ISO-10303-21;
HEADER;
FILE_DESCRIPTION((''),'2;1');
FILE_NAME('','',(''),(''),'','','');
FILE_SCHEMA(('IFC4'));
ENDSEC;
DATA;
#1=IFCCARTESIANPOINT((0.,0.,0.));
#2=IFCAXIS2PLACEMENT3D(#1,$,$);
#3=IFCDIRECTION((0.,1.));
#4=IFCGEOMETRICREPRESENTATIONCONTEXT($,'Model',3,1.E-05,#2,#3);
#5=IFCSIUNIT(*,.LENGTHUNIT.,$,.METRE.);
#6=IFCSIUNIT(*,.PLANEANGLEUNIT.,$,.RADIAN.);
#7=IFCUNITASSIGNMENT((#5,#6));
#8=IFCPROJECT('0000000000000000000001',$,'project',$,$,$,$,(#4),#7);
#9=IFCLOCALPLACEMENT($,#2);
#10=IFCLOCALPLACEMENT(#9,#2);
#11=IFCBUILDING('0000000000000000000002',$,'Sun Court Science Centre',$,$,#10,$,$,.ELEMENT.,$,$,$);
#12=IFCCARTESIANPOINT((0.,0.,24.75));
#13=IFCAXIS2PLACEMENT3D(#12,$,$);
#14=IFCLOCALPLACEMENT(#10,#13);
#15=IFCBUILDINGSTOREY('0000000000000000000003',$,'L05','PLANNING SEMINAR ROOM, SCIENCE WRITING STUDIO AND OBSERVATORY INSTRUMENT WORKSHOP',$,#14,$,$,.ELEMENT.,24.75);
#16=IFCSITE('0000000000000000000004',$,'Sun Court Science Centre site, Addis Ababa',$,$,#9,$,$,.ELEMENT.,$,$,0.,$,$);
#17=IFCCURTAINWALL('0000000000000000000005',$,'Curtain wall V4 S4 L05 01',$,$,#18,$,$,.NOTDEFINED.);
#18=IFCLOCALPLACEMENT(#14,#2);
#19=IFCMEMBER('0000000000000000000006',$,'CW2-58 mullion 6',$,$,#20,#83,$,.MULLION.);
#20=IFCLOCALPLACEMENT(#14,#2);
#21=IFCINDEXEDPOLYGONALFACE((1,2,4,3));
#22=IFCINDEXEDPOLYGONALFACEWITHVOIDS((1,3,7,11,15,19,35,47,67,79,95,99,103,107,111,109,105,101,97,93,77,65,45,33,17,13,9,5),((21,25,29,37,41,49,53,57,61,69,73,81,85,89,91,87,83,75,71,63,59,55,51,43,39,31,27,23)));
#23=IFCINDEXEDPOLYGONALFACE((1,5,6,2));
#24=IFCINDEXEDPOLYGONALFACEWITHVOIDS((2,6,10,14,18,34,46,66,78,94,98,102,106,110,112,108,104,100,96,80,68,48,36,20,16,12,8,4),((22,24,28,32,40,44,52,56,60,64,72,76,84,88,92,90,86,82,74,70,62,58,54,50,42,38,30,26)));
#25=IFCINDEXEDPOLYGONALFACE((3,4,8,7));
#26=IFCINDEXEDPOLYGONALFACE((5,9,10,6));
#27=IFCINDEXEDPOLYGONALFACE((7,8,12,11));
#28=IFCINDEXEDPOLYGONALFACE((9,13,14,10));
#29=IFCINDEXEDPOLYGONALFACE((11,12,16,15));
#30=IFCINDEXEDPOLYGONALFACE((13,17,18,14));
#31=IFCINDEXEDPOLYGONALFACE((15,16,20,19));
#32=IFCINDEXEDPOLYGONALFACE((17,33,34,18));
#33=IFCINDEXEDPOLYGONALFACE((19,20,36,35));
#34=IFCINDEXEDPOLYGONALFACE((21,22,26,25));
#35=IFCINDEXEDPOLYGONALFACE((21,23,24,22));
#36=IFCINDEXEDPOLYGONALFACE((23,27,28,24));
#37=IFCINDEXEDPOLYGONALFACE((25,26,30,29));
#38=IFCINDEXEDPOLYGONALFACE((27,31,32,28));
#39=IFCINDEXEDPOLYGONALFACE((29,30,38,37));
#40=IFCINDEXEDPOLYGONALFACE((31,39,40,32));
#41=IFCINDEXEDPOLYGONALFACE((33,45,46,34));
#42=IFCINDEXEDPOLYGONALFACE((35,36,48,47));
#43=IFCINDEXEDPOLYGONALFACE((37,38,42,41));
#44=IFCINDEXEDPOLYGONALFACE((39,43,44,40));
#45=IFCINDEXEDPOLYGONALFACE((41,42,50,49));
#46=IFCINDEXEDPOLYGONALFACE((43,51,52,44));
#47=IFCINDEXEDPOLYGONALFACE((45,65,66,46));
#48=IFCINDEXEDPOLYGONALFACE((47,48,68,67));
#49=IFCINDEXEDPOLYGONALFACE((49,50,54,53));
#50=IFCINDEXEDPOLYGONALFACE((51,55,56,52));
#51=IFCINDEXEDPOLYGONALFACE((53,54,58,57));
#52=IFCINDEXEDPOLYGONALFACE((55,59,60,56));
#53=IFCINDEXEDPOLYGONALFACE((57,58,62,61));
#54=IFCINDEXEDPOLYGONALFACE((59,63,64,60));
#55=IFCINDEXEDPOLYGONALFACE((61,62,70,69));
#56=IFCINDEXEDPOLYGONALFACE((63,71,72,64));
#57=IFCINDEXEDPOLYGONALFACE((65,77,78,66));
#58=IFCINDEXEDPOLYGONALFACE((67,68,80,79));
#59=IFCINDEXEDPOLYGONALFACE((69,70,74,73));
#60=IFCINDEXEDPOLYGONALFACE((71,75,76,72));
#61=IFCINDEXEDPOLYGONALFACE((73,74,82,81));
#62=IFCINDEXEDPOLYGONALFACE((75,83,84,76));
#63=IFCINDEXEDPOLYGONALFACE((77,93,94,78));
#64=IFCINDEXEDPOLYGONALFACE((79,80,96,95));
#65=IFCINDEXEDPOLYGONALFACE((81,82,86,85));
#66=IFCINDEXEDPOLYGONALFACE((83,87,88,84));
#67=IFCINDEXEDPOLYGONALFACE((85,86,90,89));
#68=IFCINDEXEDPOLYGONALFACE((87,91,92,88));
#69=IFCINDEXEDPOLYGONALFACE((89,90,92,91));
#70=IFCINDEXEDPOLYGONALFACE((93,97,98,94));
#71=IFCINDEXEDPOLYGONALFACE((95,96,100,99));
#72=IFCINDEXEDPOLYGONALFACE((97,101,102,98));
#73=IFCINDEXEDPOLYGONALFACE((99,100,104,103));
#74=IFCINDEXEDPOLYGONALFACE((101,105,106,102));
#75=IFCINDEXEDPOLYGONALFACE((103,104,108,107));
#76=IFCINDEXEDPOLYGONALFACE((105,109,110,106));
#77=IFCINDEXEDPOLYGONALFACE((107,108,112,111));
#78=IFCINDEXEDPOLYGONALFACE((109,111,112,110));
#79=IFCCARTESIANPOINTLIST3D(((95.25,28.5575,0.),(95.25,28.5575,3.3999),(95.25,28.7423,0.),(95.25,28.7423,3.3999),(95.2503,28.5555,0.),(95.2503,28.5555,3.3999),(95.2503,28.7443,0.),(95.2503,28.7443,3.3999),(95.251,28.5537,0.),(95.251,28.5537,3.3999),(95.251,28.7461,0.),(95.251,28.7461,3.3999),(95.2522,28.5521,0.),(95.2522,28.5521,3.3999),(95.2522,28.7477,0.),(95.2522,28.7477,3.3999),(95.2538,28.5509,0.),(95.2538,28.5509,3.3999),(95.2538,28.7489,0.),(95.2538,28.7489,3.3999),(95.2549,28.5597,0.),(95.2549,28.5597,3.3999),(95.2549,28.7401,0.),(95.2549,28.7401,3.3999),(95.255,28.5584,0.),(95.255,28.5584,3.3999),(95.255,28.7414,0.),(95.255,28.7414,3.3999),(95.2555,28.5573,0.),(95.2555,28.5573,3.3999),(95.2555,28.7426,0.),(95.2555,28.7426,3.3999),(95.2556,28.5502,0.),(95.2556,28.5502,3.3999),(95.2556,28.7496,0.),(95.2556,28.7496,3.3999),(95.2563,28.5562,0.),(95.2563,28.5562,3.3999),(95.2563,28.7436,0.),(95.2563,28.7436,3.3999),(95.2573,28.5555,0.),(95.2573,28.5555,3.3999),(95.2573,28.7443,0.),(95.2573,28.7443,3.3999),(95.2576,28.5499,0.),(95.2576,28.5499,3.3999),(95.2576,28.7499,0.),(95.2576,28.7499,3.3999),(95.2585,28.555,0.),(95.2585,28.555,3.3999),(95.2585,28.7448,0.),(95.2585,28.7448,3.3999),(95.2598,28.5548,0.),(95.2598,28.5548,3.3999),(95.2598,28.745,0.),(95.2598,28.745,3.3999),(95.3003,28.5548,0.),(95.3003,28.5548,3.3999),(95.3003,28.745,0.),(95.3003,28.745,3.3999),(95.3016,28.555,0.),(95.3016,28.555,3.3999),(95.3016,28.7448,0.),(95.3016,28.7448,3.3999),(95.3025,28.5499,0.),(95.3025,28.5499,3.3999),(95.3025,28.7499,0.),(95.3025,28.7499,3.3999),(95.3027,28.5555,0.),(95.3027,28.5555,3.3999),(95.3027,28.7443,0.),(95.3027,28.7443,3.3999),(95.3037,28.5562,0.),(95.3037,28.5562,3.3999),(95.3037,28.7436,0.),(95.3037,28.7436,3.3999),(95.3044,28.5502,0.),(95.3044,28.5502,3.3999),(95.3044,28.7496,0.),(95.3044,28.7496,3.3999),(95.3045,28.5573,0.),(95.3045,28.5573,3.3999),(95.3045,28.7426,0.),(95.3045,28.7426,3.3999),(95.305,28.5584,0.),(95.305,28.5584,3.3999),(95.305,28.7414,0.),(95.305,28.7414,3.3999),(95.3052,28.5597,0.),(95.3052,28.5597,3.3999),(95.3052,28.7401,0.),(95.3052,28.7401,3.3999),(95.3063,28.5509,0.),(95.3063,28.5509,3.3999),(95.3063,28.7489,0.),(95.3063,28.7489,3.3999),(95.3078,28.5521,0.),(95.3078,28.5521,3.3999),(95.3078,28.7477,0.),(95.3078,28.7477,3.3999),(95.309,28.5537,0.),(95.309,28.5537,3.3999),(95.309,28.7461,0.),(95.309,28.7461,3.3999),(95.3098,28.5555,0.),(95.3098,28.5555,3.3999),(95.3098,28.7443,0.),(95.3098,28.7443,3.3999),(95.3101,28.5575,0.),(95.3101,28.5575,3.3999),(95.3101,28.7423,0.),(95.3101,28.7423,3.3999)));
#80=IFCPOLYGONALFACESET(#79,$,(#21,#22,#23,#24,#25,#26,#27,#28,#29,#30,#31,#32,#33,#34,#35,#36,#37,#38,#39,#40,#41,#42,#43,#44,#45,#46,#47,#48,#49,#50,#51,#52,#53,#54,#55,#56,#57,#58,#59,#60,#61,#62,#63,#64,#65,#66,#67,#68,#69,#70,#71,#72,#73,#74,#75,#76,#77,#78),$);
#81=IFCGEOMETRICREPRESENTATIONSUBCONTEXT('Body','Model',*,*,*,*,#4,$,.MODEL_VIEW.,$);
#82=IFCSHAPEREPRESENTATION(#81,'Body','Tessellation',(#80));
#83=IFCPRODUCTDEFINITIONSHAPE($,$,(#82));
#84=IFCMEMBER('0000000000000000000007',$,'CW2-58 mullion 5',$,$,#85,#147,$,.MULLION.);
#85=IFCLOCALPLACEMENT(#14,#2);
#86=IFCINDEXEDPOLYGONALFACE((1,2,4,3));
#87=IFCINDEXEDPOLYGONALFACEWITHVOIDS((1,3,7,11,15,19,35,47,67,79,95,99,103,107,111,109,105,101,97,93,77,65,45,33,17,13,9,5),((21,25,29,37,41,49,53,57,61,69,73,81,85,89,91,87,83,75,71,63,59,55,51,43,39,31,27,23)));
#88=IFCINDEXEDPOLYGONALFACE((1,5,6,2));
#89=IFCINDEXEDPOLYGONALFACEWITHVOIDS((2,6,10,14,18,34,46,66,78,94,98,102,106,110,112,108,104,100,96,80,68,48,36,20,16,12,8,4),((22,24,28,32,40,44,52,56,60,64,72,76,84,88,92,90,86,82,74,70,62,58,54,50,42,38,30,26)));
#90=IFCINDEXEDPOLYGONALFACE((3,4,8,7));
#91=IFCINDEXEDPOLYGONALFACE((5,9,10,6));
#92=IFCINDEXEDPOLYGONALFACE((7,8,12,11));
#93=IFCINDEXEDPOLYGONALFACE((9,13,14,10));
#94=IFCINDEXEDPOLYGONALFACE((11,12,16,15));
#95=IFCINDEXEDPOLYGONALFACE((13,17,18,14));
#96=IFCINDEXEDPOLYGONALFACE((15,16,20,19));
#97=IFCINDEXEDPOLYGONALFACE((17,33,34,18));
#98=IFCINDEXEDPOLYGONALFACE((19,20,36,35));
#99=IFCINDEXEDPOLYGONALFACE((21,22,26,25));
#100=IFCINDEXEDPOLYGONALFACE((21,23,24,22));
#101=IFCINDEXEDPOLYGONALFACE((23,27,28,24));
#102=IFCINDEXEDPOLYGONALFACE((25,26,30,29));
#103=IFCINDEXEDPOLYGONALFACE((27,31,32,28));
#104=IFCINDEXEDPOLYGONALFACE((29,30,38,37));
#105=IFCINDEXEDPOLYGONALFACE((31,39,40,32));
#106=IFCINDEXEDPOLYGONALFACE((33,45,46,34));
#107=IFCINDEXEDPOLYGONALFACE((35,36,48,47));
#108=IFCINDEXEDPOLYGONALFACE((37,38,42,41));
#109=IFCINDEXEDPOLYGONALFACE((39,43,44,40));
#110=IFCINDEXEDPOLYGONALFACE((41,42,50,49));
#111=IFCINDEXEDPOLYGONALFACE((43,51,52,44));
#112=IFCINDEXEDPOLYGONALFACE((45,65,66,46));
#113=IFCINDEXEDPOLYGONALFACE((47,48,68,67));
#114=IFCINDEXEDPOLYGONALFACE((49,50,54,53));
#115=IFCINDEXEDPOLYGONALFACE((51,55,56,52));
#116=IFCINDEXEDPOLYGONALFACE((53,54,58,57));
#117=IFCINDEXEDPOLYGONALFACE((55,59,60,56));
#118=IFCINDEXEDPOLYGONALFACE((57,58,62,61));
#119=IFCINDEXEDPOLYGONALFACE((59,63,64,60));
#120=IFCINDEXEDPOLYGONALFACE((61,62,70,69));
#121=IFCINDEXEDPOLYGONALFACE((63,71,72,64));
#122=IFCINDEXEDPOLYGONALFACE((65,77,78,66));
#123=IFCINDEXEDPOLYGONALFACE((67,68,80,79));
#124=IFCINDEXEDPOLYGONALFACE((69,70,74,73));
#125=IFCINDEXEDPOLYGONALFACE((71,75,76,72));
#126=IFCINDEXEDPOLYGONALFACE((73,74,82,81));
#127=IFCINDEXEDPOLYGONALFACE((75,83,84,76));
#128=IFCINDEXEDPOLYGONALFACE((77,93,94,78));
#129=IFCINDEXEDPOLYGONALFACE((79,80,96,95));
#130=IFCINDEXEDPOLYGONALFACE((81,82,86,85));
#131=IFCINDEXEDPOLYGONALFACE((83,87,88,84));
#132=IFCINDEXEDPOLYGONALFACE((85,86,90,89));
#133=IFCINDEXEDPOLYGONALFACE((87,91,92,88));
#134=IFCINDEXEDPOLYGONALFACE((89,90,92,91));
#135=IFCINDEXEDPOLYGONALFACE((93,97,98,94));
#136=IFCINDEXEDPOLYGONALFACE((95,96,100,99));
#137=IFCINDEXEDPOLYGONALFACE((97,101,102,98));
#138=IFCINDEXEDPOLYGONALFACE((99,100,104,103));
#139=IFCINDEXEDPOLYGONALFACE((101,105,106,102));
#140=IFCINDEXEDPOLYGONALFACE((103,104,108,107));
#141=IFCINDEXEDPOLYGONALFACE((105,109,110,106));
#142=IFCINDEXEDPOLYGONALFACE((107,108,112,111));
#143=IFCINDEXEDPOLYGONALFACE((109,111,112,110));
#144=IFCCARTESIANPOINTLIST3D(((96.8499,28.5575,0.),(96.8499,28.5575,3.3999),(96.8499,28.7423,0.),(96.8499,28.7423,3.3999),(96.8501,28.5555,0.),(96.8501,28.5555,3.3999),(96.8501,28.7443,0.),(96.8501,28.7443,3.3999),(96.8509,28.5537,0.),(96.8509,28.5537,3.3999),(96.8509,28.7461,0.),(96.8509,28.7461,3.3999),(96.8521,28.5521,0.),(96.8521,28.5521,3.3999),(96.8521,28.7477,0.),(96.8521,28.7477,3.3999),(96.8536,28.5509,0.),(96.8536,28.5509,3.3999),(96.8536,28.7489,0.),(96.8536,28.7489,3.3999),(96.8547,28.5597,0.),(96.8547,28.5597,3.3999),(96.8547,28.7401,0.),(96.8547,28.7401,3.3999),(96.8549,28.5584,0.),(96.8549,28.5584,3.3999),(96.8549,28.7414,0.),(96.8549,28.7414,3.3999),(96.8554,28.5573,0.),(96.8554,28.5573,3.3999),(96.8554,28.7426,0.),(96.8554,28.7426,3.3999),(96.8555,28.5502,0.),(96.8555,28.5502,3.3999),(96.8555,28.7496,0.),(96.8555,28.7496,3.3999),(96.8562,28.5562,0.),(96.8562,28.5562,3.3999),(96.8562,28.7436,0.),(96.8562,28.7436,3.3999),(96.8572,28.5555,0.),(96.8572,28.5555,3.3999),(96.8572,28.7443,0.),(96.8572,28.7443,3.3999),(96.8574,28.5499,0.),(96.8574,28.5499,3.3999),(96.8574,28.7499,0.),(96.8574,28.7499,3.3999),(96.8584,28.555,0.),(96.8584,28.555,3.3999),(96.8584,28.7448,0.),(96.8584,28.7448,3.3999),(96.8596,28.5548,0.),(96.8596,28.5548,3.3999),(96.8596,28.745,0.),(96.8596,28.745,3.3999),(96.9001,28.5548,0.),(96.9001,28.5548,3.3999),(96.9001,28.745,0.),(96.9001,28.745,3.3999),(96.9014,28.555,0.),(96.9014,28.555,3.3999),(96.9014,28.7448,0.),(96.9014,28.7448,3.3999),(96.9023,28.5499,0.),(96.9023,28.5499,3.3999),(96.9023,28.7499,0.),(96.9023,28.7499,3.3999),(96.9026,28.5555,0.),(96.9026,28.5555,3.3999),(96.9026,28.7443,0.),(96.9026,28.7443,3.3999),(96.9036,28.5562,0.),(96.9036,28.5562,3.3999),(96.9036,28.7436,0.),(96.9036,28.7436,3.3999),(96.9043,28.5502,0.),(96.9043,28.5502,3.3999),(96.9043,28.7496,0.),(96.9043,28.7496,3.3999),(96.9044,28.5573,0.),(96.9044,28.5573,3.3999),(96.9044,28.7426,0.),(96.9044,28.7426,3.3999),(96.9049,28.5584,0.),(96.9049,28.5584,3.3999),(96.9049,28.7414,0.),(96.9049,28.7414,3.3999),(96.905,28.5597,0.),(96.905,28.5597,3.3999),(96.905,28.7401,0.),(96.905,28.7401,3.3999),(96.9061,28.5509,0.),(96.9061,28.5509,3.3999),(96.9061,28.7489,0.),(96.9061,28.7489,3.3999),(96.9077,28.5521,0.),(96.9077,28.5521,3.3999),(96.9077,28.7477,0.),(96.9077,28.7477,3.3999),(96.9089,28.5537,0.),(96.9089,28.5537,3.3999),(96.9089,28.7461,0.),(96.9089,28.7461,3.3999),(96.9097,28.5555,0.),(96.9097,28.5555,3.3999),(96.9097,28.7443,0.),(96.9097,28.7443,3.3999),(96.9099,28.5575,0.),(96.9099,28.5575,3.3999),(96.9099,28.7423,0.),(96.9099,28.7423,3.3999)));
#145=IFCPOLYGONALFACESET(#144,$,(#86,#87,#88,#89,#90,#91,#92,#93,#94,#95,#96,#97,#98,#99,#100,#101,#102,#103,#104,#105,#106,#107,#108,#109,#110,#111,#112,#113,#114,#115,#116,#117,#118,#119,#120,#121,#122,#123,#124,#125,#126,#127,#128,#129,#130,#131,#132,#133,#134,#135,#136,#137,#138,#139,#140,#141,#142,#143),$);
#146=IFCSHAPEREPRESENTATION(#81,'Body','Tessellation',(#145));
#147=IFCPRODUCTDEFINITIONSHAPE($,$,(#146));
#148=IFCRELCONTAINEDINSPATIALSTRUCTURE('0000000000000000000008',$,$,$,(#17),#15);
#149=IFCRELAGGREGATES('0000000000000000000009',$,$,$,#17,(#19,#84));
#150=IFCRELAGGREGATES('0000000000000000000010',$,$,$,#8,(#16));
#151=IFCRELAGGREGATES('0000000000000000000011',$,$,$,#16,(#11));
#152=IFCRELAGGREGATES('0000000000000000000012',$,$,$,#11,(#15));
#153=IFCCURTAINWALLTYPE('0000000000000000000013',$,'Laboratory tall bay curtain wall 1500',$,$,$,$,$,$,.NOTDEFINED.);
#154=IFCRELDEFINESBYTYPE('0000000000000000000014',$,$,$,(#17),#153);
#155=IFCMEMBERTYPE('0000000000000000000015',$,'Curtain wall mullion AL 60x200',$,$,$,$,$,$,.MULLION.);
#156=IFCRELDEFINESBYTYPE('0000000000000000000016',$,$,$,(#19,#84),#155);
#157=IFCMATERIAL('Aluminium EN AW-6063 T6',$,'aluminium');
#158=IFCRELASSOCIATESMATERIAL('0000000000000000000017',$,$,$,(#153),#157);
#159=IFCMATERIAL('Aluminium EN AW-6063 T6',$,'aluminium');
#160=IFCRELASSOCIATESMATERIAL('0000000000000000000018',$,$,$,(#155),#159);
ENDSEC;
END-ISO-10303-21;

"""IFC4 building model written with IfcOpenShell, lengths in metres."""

from ifc_helpers import new_model, si_unit, direction, frame, origin, origin_2d, place, context, subcontext, project, spatial, hollow_rectangle, extrude, material, material_profile, profile_set, type_object, element, aggregate, save


model = new_model("IFC4")

# Units and contexts
model_context = context("Model", 3, precision=1e-05, world=origin(), true_north=direction((0.0, 1.0)))
body_context = subcontext(model_context, "Body", "Model", "MODEL_VIEW")
ifc_project = project(units=[si_unit("LENGTHUNIT", "METRE"), si_unit("PLANEANGLEUNIT", "RADIAN")], contexts=[model_context])

# Site, building, storey
site_placement = place(None, origin())
site = spatial("IfcSite", under=ifc_project, at=site_placement, Name="Sun Court Science Centre site, Addis Ababa", CompositionType="ELEMENT", RefElevation=0.0)
building_placement = place(site_placement, origin())
building = spatial("IfcBuilding", under=site, at=building_placement, Name="Sun Court Science Centre", CompositionType="ELEMENT")
storey_placement = place(building_placement, frame((0.0, 0.0, 24.75)))
storey = spatial("IfcBuildingStorey", under=building, at=storey_placement, Name="L05", Description="PLANNING SEMINAR ROOM, SCIENCE WRITING STUDIO AND OBSERVATORY INSTRUMENT WORKSHOP", CompositionType="ELEMENT", Elevation=24.75)

# Curtain wall, members
ifc_material_1 = material(Name="Aluminium EN AW-6063 T6", Category="aluminium")
curtain_wall_type = type_object("IfcCurtainWallType", Name="Laboratory tall bay curtain wall 1500", PredefinedType="NOTDEFINED", material=ifc_material_1)
curtain_wall_1_placement = place(storey_placement, origin())
curtain_wall_1 = element("IfcCurtainWall", 1, at=curtain_wall_1_placement, inside=storey, type_object=curtain_wall_type, Name="Curtain wall V4 S4 L05 01", PredefinedType="NOTDEFINED")
ifc_material_2 = material(Name="Aluminium EN AW-6063 T6", Category="aluminium")
ifc_material_profile_1 = material_profile(ifc_material_2, hollow_rectangle(XDim=0.0601, YDim=0.2, WallThickness=0.0049, InnerFilletRadius=0.0049, OuterFilletRadius=0.0076, at=origin_2d()), Name="AL 60x200x5")
ifc_profile_set_1 = profile_set([ifc_material_profile_1], Name="Aluminium EN AW-6063 T6")
member_type_1 = type_object("IfcMemberType", Name="Curtain wall mullion AL 60x200", PredefinedType="MULLION", material=ifc_profile_set_1)
member_1_placement = place(storey_placement, frame((95.28, 28.6499, 0.0), z_axis=(0.0, 0.0, 1.0), x_axis=(-1.0, 0.0, 0.0)))
member_1 = element("IfcMember", 2, at=member_1_placement, type_object=member_type_1, Name="CW2-58 mullion 6", PredefinedType="MULLION", context=body_context, shape_type="SweptSolid", body=[
    extrude(hollow_rectangle(XDim=0.0601, YDim=0.2, WallThickness=0.0049, InnerFilletRadius=0.0049, OuterFilletRadius=0.0076, at=origin_2d()), origin(), (0.0, 0.0, 1.0), 3.3999),
])
member_2_placement = place(storey_placement, frame((96.8799, 28.6499, 0.0), z_axis=(0.0, 0.0, 1.0), x_axis=(-1.0, 0.0, 0.0)))
member_2 = element("IfcMember", 3, at=member_2_placement, type_object=member_type_1, Name="CW2-58 mullion 5", PredefinedType="MULLION", context=body_context, shape_type="SweptSolid", body=[
    extrude(hollow_rectangle(XDim=0.0601, YDim=0.2, WallThickness=0.0049, InnerFilletRadius=0.0049, OuterFilletRadius=0.0076, at=origin_2d()), origin(), (0.0, 0.0, 1.0), 3.3999),
])

aggregate(curtain_wall_1, [member_1, member_2])

save(model, "model.ifc")
